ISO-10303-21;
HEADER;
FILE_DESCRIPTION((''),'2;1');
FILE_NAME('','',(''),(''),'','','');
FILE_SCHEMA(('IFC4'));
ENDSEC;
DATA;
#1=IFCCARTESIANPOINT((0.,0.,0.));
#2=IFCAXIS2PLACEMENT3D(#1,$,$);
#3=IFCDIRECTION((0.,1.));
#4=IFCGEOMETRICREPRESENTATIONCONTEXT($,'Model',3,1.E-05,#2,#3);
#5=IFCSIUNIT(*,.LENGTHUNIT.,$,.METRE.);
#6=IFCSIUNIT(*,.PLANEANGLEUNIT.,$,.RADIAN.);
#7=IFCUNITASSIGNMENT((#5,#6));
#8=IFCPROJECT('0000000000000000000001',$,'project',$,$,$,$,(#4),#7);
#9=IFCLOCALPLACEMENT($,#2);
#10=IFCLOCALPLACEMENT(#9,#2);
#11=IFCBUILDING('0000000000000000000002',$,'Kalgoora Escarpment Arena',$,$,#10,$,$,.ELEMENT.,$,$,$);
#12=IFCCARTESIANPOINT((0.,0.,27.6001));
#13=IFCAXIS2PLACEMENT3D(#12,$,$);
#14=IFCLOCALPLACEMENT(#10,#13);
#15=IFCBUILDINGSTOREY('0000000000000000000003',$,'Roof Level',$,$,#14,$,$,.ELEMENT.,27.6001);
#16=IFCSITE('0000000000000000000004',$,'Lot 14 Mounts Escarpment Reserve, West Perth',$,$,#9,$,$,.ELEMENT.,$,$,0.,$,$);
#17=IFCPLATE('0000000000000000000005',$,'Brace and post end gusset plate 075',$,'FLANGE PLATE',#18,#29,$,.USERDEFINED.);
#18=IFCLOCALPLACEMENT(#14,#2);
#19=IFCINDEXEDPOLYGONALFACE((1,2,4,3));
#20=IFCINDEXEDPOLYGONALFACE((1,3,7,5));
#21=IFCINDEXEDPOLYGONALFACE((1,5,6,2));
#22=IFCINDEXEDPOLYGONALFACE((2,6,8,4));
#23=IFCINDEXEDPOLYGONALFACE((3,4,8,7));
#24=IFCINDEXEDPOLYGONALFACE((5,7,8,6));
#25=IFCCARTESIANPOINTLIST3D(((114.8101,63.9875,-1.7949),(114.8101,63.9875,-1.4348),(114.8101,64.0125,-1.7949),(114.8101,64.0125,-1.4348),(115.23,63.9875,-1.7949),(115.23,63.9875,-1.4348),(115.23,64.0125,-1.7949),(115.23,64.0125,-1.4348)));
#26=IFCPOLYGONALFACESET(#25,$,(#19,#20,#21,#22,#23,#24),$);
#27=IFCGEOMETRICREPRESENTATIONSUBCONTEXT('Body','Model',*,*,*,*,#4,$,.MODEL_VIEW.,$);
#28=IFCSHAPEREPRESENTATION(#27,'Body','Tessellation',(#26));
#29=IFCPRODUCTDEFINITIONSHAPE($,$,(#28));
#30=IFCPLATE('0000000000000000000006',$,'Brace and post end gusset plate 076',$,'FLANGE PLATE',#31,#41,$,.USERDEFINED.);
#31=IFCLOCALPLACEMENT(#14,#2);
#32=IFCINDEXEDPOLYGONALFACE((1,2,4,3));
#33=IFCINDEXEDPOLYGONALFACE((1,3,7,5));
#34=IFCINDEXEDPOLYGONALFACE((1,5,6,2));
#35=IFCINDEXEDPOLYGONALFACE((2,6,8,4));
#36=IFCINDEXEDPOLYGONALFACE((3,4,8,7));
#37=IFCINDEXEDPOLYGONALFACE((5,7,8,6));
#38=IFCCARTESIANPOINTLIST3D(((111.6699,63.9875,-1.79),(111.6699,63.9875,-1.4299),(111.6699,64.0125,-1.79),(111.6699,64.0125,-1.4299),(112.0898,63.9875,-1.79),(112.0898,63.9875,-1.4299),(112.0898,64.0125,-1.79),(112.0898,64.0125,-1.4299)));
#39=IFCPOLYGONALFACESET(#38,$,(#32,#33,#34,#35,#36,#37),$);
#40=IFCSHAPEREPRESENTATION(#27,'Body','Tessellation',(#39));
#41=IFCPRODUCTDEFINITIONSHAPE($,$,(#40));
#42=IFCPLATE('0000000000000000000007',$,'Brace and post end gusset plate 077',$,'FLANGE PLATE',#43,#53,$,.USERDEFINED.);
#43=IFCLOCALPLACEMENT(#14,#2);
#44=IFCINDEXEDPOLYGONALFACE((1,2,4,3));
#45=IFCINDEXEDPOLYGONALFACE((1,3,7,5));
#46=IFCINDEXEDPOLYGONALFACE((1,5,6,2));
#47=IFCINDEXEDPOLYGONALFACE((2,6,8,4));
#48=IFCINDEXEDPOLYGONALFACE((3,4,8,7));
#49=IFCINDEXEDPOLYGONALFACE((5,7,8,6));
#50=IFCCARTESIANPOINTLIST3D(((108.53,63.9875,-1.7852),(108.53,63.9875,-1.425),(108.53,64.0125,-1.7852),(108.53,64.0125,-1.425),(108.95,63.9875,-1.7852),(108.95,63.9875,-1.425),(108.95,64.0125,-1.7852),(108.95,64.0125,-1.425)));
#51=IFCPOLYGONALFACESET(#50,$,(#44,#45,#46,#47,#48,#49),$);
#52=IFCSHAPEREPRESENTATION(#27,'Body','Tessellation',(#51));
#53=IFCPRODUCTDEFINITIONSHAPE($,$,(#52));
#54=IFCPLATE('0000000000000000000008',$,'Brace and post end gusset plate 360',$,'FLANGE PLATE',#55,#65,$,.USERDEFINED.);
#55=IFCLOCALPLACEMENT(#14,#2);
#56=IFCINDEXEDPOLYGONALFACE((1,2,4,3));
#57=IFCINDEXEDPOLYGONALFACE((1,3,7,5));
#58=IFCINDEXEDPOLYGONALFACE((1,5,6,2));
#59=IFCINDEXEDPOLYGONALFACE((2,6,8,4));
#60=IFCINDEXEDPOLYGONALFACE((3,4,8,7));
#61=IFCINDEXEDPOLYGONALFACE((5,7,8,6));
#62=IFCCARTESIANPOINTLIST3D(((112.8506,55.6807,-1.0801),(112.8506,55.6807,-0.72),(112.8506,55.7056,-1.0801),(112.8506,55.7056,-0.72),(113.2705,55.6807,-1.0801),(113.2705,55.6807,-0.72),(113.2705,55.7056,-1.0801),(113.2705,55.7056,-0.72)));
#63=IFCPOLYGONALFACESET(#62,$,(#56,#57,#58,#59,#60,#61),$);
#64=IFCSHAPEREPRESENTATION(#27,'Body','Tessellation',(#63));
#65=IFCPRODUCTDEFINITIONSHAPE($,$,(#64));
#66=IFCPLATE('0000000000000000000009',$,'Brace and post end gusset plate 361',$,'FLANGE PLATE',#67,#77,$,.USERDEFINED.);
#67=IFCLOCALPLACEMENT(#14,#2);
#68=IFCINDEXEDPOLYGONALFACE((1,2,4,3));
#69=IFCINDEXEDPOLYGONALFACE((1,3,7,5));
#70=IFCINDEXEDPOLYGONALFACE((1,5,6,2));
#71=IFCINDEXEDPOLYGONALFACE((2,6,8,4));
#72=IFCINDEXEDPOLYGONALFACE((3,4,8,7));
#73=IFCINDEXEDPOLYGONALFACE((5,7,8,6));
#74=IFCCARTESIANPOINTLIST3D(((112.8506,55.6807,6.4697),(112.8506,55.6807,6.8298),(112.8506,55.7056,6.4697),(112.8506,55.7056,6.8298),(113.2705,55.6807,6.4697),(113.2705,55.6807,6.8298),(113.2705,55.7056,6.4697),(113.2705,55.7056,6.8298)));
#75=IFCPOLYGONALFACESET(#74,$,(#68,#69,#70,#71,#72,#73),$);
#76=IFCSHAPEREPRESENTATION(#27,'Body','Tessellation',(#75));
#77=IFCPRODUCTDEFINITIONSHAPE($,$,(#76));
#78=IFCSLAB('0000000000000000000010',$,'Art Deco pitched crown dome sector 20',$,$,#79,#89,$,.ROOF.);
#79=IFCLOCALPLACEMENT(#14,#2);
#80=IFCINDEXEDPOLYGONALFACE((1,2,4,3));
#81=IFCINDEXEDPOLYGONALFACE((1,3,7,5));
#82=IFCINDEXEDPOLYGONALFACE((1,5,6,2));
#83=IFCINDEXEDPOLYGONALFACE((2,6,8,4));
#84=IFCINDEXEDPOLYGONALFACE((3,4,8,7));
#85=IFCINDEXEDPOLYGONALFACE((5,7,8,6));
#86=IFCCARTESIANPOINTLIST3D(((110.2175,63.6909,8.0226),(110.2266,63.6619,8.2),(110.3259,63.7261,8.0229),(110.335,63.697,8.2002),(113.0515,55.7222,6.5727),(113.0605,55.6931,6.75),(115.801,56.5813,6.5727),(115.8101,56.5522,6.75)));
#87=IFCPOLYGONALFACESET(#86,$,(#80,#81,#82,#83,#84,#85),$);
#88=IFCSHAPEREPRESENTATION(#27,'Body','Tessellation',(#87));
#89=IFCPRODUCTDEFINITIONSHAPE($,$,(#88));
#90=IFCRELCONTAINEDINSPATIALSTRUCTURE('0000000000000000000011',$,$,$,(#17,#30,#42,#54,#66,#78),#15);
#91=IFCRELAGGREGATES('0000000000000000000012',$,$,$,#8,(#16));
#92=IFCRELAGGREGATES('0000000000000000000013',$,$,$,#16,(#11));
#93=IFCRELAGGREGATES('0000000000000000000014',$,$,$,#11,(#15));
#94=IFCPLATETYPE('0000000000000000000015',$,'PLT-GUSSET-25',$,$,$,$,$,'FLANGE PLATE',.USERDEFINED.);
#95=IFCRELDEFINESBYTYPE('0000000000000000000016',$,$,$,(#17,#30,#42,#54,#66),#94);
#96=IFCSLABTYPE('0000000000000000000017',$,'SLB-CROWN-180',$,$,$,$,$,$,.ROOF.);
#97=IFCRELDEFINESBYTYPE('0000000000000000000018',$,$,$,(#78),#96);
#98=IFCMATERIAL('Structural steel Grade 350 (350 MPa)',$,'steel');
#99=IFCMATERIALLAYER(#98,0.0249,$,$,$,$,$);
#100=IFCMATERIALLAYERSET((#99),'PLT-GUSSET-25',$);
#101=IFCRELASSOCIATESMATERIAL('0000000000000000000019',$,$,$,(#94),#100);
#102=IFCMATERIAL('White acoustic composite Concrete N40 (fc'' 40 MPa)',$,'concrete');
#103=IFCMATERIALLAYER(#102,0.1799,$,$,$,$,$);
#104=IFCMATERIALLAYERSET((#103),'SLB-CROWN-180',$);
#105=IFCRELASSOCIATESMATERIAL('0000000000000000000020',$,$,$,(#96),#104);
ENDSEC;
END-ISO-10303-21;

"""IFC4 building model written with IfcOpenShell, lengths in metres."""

from ifc_helpers import new_model, si_unit, direction, frame, origin, origin_2d, place, context, subcontext, project, spatial, polyline, rectangle, outline, extrude, material, layer, layer_set, type_object, element, save


model = new_model("IFC4")

# Units and contexts
model_context = context("Model", 3, precision=1e-05, world=origin(), true_north=direction((0.0, 1.0)))
body_context = subcontext(model_context, "Body", "Model", "MODEL_VIEW")
ifc_project = project(units=[si_unit("LENGTHUNIT", "METRE"), si_unit("PLANEANGLEUNIT", "RADIAN")], contexts=[model_context])

# Site, building, storey
site_placement = place(None, origin())
site = spatial("IfcSite", under=ifc_project, at=site_placement, Name="Lot 14 Mounts Escarpment Reserve, West Perth", CompositionType="ELEMENT", RefElevation=0.0)
building_placement = place(site_placement, origin())
building = spatial("IfcBuilding", under=site, at=building_placement, Name="Kalgoora Escarpment Arena", CompositionType="ELEMENT")
storey_placement = place(building_placement, frame((0.0, 0.0, 27.6001)))
storey = spatial("IfcBuildingStorey", under=building, at=storey_placement, Name="Roof Level", CompositionType="ELEMENT", Elevation=27.6001)

# Plates
ifc_material_1 = material(Name="Structural steel Grade 350 (350 MPa)", Category="steel")
ifc_layer_1 = layer(ifc_material_1, 0.0249)
ifc_layer_set_1 = layer_set([ifc_layer_1], Name="PLT-GUSSET-25")
plate_type = type_object("IfcPlateType", Name="PLT-GUSSET-25", ElementType="FLANGE PLATE", PredefinedType="USERDEFINED", material=ifc_layer_set_1)
for number, where, z_axis, x_axis, name in (
    (1, (115.02, 64.0, -1.7949), (0.0, 0.0, 1.0), (1.0, 0.0, 0.0), "Brace and post end gusset plate 075"),
    (2, (111.8799, 64.0, -1.79), (0.0, 0.0, 1.0), (1.0, 0.0, 0.0), "Brace and post end gusset plate 076"),
    (3, (108.74, 64.0, -1.7852), (0.0, 0.0, 1.0), (1.0, 0.0, 0.0), "Brace and post end gusset plate 077"),
    (4, (113.0605, 55.6931, -1.0801), (0.0, 0.0, 1.0), (1.0, 0.0, 0.0), "Brace and post end gusset plate 360"),
    (5, (113.0605, 55.6931, 6.4697), (0.0, 0.0, 1.0), (1.0, 0.0, 0.0), "Brace and post end gusset plate 361"),
):
    element("IfcPlate", number, at=place(storey_placement, frame(where, z_axis=z_axis, x_axis=x_axis)), inside=storey, type_object=plate_type, Name=name, ObjectType="FLANGE PLATE", PredefinedType="USERDEFINED", context=body_context, shape_type="SweptSolid", body=[
        extrude(rectangle(XDim=0.4199, YDim=0.0249, at=origin_2d()), origin(), (0.0, 0.0, 1.0), 0.3601),
    ])

# Slab
ifc_material_2 = material(Name="White acoustic composite Concrete N40 (fc' 40 MPa)", Category="concrete")
ifc_layer_2 = layer(ifc_material_2, 0.1799)
ifc_layer_set_2 = layer_set([ifc_layer_2], Name="SLB-CROWN-180")
slab_type = type_object("IfcSlabType", Name="SLB-CROWN-180", PredefinedType="ROOF", material=ifc_layer_set_2)
slab_placement = place(storey_placement, frame((113.0605, 55.6931, 6.75), z_axis=(0.050422, -0.161406, 0.985599), x_axis=(0.95449, 0.298244, 0.000011)))
element("IfcSlab", 6, at=slab_placement, inside=storey, type_object=slab_type, Name="Art Deco pitched crown dome sector 20", PredefinedType="ROOF", context=body_context, shape_type="SweptSolid", body=[
    extrude(outline(polyline([(0.0, 0.0), (2.8806, 0.0), (-0.2144, 8.576), (-0.3284, 8.5748), (0.0, 0.0)])), origin(), (0.0, 0.0, -1.0), 0.1799),
])

save(model, "model.ifc")
